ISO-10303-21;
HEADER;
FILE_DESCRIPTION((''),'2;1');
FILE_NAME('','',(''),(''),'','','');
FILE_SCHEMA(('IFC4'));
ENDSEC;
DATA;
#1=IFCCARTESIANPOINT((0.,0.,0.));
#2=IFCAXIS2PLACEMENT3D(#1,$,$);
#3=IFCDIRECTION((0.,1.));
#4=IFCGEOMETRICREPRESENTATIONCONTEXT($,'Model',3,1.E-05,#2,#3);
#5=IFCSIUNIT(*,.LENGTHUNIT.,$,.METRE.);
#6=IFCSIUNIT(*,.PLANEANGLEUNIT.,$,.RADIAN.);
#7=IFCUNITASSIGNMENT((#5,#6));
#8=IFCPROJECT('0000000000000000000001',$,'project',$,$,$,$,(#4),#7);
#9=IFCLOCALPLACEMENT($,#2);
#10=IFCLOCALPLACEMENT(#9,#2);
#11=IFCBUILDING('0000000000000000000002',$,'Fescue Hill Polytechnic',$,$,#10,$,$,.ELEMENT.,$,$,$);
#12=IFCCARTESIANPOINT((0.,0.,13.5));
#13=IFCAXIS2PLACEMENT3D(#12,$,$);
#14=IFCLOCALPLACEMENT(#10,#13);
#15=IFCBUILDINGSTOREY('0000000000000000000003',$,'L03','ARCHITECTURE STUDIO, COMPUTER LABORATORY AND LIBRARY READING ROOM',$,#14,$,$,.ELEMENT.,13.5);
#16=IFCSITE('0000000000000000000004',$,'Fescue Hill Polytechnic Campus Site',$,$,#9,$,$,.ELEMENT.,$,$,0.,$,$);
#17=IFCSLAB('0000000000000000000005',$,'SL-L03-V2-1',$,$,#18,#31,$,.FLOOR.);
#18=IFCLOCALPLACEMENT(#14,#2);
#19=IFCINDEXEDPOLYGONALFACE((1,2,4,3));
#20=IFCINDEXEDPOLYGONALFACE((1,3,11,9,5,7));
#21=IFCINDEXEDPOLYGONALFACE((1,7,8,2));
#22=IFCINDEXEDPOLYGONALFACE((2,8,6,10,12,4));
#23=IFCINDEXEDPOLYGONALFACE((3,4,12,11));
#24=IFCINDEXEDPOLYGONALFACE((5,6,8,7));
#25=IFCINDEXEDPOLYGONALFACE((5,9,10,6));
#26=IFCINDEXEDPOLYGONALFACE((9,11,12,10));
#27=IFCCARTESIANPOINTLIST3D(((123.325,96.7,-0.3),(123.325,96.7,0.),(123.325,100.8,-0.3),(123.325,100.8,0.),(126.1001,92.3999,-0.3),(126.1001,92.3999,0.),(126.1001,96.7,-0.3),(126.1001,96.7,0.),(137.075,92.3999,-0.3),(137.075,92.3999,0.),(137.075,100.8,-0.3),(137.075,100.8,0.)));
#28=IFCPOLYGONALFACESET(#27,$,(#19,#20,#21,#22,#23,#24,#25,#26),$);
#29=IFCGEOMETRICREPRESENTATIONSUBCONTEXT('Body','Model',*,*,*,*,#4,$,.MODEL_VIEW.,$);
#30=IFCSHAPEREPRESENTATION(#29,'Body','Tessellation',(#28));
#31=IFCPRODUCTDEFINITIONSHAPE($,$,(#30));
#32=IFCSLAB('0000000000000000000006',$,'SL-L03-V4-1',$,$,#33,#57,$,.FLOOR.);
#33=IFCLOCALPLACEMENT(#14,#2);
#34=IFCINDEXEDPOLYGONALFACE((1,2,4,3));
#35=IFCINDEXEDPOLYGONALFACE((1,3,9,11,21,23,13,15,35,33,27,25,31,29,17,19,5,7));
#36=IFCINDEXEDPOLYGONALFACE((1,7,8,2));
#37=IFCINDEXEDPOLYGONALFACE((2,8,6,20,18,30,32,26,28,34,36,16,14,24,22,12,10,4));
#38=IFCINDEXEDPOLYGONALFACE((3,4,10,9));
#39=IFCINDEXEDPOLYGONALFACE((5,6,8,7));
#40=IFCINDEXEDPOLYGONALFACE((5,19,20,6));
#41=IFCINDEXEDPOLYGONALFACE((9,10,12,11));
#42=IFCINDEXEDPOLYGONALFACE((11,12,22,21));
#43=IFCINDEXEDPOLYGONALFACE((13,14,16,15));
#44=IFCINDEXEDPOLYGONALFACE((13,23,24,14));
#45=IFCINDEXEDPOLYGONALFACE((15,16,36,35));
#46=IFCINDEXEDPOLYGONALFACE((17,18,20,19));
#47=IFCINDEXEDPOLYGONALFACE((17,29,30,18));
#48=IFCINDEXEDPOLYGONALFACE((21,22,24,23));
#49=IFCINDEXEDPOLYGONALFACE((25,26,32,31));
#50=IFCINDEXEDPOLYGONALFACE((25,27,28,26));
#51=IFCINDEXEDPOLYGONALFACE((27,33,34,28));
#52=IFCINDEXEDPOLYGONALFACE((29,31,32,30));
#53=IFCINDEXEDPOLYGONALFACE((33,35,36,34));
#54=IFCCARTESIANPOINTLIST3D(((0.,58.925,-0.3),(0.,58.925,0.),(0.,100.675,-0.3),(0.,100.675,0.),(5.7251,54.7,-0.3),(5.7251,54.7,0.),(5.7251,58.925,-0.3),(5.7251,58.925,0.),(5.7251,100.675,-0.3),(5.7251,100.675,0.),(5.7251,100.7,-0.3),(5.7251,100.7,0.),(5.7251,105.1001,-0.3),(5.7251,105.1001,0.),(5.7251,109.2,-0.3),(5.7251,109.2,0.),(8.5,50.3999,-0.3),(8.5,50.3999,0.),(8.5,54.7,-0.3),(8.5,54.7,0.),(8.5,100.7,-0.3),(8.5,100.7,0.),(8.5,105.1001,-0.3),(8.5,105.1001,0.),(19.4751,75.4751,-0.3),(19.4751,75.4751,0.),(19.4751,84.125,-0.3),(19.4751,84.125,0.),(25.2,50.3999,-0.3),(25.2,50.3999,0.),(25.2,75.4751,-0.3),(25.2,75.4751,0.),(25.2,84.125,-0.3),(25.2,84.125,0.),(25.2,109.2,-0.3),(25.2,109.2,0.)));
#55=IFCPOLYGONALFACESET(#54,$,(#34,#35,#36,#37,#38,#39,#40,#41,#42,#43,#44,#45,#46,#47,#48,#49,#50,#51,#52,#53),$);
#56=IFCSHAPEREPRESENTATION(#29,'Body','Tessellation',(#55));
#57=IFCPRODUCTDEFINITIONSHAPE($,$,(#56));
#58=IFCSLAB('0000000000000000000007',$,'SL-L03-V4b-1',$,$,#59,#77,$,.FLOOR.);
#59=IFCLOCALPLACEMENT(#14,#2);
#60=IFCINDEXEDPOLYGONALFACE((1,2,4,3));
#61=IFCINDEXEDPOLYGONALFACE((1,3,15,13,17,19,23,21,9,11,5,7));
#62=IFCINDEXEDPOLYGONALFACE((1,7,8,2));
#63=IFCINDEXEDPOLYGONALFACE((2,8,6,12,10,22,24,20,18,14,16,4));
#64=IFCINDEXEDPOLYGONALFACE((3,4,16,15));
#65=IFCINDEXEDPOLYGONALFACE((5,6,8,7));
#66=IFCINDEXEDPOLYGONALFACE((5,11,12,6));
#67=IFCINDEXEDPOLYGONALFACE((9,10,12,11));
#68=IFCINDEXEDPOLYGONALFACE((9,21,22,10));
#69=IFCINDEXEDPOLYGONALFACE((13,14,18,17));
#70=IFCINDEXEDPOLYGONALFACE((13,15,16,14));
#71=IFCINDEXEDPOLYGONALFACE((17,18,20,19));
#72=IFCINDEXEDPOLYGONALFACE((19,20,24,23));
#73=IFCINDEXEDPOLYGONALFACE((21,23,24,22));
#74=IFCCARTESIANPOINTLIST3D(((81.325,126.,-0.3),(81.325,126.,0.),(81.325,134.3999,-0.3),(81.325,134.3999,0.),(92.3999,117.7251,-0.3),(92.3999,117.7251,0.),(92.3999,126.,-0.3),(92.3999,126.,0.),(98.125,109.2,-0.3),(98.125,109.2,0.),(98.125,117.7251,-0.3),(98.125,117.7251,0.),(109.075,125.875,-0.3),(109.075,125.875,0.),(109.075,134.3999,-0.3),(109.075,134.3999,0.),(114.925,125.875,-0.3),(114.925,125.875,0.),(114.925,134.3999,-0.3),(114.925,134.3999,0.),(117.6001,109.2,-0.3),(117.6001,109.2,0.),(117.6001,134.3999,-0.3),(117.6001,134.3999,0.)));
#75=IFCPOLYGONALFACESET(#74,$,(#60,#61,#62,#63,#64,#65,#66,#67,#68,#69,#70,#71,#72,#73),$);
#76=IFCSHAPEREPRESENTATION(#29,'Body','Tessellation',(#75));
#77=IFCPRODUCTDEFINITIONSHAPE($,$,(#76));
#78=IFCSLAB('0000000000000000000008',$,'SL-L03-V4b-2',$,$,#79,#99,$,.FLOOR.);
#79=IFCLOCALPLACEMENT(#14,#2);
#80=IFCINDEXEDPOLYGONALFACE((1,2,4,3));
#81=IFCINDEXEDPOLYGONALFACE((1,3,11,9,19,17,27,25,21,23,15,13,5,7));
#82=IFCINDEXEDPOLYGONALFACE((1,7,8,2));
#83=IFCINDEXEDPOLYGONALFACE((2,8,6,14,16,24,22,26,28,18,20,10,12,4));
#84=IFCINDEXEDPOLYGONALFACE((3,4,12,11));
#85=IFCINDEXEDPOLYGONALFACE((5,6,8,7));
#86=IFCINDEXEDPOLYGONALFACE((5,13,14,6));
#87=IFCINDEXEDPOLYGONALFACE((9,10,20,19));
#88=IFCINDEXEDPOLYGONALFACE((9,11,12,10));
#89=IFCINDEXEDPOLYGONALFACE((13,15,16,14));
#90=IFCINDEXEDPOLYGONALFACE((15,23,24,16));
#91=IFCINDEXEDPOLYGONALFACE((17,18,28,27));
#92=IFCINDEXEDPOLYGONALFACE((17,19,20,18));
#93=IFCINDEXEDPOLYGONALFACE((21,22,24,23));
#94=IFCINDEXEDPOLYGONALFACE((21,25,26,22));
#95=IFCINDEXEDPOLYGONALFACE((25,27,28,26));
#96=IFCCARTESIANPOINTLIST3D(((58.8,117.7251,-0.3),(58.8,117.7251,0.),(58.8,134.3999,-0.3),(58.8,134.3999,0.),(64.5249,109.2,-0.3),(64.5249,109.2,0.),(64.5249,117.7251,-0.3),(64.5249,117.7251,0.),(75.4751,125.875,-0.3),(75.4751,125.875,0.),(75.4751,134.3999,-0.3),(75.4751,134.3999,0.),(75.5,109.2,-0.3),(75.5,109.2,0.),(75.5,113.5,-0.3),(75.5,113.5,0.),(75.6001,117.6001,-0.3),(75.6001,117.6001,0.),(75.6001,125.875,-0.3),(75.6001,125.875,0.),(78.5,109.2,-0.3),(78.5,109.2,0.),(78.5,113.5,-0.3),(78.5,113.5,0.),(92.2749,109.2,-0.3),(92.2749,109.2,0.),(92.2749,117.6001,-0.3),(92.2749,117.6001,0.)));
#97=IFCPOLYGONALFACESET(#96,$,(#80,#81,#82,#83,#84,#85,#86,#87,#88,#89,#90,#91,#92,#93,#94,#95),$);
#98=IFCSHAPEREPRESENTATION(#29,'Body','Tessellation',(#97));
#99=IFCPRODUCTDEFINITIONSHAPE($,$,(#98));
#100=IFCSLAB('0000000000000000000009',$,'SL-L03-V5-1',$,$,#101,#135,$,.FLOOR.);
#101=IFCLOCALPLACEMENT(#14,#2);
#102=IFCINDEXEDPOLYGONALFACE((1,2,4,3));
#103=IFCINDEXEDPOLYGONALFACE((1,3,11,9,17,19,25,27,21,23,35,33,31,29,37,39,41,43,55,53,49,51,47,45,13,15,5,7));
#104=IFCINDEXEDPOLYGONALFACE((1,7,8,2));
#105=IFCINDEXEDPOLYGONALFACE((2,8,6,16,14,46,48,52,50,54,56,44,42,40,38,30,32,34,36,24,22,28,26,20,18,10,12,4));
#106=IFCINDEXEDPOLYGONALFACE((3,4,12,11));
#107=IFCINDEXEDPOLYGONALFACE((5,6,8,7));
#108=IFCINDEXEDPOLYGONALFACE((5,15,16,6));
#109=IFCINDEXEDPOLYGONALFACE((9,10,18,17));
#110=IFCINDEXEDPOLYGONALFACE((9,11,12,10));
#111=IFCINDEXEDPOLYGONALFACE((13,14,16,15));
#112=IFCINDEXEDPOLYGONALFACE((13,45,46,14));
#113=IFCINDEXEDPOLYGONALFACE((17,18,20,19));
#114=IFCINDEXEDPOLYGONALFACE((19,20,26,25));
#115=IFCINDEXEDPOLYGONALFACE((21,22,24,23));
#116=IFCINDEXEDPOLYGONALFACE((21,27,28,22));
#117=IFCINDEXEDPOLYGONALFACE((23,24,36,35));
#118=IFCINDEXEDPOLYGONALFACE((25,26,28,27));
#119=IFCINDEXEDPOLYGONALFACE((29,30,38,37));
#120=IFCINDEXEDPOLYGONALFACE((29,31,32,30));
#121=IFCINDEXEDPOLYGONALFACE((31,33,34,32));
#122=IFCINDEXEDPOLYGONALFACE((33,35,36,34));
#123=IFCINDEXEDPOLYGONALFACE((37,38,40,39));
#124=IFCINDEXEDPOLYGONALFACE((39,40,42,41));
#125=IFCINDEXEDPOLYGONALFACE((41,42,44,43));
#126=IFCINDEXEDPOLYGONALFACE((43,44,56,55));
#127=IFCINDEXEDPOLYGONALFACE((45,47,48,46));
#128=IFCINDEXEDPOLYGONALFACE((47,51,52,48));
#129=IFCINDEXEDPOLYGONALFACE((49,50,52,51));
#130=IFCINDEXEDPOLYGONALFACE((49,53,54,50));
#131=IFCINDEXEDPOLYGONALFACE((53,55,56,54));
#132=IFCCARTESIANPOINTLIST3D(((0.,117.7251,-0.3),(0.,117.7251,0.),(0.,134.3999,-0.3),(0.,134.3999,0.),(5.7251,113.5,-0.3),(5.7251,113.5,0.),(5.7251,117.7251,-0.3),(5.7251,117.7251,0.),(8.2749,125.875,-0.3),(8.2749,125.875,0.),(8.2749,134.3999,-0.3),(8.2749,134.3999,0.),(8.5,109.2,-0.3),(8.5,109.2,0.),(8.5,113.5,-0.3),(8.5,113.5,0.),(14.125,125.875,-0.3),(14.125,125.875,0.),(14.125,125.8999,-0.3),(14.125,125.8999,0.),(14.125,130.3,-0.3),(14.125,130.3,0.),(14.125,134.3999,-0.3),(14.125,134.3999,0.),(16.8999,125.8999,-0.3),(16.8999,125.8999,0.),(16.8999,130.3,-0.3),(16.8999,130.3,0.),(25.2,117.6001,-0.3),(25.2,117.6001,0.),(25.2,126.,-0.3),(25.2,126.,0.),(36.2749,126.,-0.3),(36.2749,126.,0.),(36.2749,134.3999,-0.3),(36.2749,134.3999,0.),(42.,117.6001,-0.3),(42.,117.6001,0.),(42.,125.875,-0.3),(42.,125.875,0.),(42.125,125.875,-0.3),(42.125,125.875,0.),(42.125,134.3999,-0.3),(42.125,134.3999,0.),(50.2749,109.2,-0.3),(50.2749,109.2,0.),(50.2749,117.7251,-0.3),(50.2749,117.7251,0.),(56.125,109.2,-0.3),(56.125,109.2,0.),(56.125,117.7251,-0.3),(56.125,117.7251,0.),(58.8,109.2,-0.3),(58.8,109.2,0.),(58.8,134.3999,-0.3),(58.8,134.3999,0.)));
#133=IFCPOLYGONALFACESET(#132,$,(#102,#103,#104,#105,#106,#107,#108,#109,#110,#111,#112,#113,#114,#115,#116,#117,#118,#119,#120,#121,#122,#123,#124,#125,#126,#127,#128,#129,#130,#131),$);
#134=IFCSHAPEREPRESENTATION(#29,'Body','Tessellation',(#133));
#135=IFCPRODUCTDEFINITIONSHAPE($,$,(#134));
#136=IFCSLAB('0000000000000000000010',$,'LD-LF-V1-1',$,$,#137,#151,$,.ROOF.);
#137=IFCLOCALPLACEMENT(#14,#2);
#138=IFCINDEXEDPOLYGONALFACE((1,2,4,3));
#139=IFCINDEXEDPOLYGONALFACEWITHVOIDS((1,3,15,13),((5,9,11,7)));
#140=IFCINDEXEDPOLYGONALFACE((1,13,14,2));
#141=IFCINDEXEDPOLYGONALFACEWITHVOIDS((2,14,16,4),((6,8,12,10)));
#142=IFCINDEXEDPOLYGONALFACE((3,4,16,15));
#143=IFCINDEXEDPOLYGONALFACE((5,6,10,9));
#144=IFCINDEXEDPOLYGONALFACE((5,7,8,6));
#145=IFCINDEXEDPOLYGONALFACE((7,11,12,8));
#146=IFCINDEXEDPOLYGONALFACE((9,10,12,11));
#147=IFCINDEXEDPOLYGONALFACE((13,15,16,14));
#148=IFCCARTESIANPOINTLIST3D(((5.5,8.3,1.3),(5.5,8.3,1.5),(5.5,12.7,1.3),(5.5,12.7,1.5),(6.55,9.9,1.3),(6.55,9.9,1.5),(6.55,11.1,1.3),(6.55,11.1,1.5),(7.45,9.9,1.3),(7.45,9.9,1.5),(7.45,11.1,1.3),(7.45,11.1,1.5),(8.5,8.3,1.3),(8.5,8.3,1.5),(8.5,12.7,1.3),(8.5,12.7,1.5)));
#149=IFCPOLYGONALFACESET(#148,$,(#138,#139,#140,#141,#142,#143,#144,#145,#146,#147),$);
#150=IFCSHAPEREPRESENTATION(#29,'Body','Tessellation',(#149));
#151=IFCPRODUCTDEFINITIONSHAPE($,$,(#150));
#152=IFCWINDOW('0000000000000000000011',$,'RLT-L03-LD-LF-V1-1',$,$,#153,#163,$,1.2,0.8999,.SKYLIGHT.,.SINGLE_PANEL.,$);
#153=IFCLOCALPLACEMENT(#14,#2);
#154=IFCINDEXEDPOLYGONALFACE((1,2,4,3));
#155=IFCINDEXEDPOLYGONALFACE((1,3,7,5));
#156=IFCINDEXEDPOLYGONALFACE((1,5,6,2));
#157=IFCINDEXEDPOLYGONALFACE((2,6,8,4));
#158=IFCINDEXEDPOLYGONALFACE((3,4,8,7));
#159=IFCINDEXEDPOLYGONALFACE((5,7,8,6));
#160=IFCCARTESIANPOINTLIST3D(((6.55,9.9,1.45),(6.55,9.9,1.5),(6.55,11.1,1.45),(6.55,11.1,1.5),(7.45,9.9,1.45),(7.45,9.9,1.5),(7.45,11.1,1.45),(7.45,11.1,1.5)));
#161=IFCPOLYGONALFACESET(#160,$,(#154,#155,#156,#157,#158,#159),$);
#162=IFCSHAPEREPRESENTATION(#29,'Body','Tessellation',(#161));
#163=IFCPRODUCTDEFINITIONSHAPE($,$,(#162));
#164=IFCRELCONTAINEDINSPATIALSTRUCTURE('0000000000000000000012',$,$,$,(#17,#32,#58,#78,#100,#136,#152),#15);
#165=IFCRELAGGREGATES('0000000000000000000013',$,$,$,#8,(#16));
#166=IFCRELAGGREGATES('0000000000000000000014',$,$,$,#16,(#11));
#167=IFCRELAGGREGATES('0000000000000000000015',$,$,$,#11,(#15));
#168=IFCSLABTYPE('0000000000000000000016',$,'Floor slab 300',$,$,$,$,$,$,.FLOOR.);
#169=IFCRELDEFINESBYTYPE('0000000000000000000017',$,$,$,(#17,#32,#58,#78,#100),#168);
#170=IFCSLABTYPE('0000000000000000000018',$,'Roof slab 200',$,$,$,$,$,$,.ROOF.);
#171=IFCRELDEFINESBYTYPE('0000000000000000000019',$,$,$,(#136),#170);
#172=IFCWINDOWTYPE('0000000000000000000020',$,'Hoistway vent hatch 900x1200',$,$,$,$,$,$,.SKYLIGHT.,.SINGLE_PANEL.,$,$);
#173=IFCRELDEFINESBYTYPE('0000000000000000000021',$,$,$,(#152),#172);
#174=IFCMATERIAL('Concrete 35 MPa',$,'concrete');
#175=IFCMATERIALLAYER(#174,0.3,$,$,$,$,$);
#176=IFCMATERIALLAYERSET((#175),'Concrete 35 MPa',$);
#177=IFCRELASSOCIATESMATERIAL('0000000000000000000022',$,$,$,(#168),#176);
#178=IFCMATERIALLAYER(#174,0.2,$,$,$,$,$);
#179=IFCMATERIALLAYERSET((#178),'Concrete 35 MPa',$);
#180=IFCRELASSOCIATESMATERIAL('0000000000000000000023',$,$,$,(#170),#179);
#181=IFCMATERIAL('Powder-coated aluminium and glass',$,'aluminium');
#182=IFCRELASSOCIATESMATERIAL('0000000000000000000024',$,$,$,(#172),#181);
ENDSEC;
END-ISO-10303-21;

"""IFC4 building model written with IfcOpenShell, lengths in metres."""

from ifc_helpers import new_model, si_unit, direction, frame, origin, origin_2d, place, context, subcontext, project, spatial, polyline, rectangle, outline, extrude, material, layer, layer_set, type_object, element, fill, save


model = new_model("IFC4")

# Units and contexts
model_context = context("Model", 3, precision=1e-05, world=origin(), true_north=direction((0.0, 1.0)))
body_context = subcontext(model_context, "Body", "Model", "MODEL_VIEW")
ifc_project = project(units=[si_unit("LENGTHUNIT", "METRE"), si_unit("PLANEANGLEUNIT", "RADIAN")], contexts=[model_context])

# Site, building, storey
site_placement = place(None, origin())
site = spatial("IfcSite", under=ifc_project, at=site_placement, Name="Fescue Hill Polytechnic Campus Site", CompositionType="ELEMENT", RefElevation=0.0)
building_placement = place(site_placement, origin())
building = spatial("IfcBuilding", under=site, at=building_placement, Name="Fescue Hill Polytechnic", CompositionType="ELEMENT")
storey_placement = place(building_placement, frame((0.0, 0.0, 13.5)))
storey = spatial("IfcBuildingStorey", under=building, at=storey_placement, Name="L03", Description="ARCHITECTURE STUDIO, COMPUTER LABORATORY AND LIBRARY READING ROOM", CompositionType="ELEMENT", Elevation=13.5)

# Slabs
ifc_material_1 = material(Name="Concrete 35 MPa", Category="concrete")
ifc_layer_1 = layer(ifc_material_1, 0.3)
ifc_layer_set_1 = layer_set([ifc_layer_1], Name="Concrete 35 MPa")
slab_type_1 = type_object("IfcSlabType", Name="Floor slab 300", PredefinedType="FLOOR", material=ifc_layer_set_1)
slab_1_placement = place(storey_placement, frame((0.0, 0.0, -0.3)))
element("IfcSlab", 1, at=slab_1_placement, inside=storey, type_object=slab_type_1, Name="SL-L03-V2-1", PredefinedType="FLOOR", context=body_context, shape_type="SweptSolid", body=[
    extrude(outline(polyline([(137.075, 100.8), (137.075, 92.3999), (126.1001, 92.3999), (126.1001, 96.7), (123.325, 96.7), (123.325, 100.8), (137.075, 100.8)])), origin(), (0.0, 0.0, 1.0), 0.3),
])
slab_2_placement = place(storey_placement, frame((0.0, 0.0, -0.3)))
element("IfcSlab", 2, at=slab_2_placement, inside=storey, type_object=slab_type_1, Name="SL-L03-V4-1", PredefinedType="FLOOR", context=body_context, shape_type="SweptSolid", body=[
    extrude(outline(polyline([(25.2, 50.3999), (8.5, 50.3999), (8.5, 54.7), (5.7251, 54.7), (5.7251, 58.925), (0.0, 58.925), (0.0, 100.675), (5.7251, 100.675), (5.7251, 100.7), (8.5, 100.7), (8.5, 105.1001), (5.7251, 105.1001), (5.7251, 109.2), (25.2, 109.2), (25.2, 84.125), (19.4751, 84.125), (19.4751, 75.4751), (25.2, 75.4751), (25.2, 50.3999)])), origin(), (0.0, 0.0, 1.0), 0.3),
])
slab_3_placement = place(storey_placement, frame((0.0, 0.0, -0.3)))
element("IfcSlab", 3, at=slab_3_placement, inside=storey, type_object=slab_type_1, Name="SL-L03-V4b-1", PredefinedType="FLOOR", context=body_context, shape_type="SweptSolid", body=[
    extrude(outline(polyline([(109.075, 134.3999), (109.075, 125.875), (114.925, 125.875), (114.925, 134.3999), (117.6001, 134.3999), (117.6001, 109.2), (98.125, 109.2), (98.125, 117.7251), (92.3999, 117.7251), (92.3999, 126.0), (81.325, 126.0), (81.325, 134.3999), (109.075, 134.3999)])), origin(), (0.0, 0.0, 1.0), 0.3),
])
slab_4_placement = place(storey_placement, frame((0.0, 0.0, -0.3)))
element("IfcSlab", 4, at=slab_4_placement, inside=storey, type_object=slab_type_1, Name="SL-L03-V4b-2", PredefinedType="FLOOR", context=body_context, shape_type="SweptSolid", body=[
    extrude(outline(polyline([(58.8, 134.3999), (75.4751, 134.3999), (75.4751, 125.875), (75.6001, 125.875), (75.6001, 117.6001), (92.2749, 117.6001), (92.2749, 109.2), (78.5, 109.2), (78.5, 113.5), (75.5, 113.5), (75.5, 109.2), (64.5249, 109.2), (64.5249, 117.7251), (58.8, 117.7251), (58.8, 134.3999)])), origin(), (0.0, 0.0, 1.0), 0.3),
])
slab_5_placement = place(storey_placement, frame((0.0, 0.0, -0.3)))
element("IfcSlab", 5, at=slab_5_placement, inside=storey, type_object=slab_type_1, Name="SL-L03-V5-1", PredefinedType="FLOOR", context=body_context, shape_type="SweptSolid", body=[
    extrude(outline(polyline([(0.0, 134.3999), (8.2749, 134.3999), (8.2749, 125.875), (14.125, 125.875), (14.125, 125.8999), (16.8999, 125.8999), (16.8999, 130.3), (14.125, 130.3), (14.125, 134.3999), (36.2749, 134.3999), (36.2749, 126.0), (25.2, 126.0), (25.2, 117.6001), (42.0, 117.6001), (42.0, 125.875), (42.125, 125.875), (42.125, 134.3999), (58.8, 134.3999), (58.8, 109.2), (56.125, 109.2), (56.125, 117.7251), (50.2749, 117.7251), (50.2749, 109.2), (8.5, 109.2), (8.5, 113.5), (5.7251, 113.5), (5.7251, 117.7251), (0.0, 117.7251), (0.0, 134.3999)])), origin(), (0.0, 0.0, 1.0), 0.3),
])

# Slab, opening, window
ifc_layer_2 = layer(ifc_material_1, 0.2)
ifc_layer_set_2 = layer_set([ifc_layer_2], Name="Concrete 35 MPa")
slab_type_2 = type_object("IfcSlabType", Name="Roof slab 200", PredefinedType="ROOF", material=ifc_layer_set_2)
slab_6_placement = place(storey_placement, frame((0.0, 0.0, 1.3)))
slab_6 = element("IfcSlab", 6, at=slab_6_placement, inside=storey, type_object=slab_type_2, Name="LD-LF-V1-1", PredefinedType="ROOF", context=body_context, shape_type="SweptSolid", body=[
    extrude(outline(polyline([(8.5, 8.3), (5.5, 8.3), (5.5, 12.7), (8.5, 12.7), (8.5, 8.3)])), origin(), (0.0, 0.0, 1.0), 0.2),
])
opening_1_placement = place(slab_6_placement, frame((7.0, 10.5, 0.0)))
opening_1 = element("IfcOpeningElement", 7, at=opening_1_placement, cuts=slab_6, PredefinedType="OPENING", context=body_context, shape_type="SweptSolid", body=[
    extrude(rectangle(XDim=0.8999, YDim=1.2, at=origin_2d()), frame((0.0, 0.0, -0.01)), (0.0, 0.0, 1.0), 0.22),
])
ifc_material_2 = material(Name="Powder-coated aluminium and glass", Category="aluminium")
window_type = type_object("IfcWindowType", Name="Hoistway vent hatch 900x1200", PartitioningType="SINGLE_PANEL", PredefinedType="SKYLIGHT", material=ifc_material_2)
window_1_placement = place(opening_1_placement, frame((0.0, 0.0, 0.1499)))
window_1 = element("IfcWindow", 8, at=window_1_placement, inside=storey, type_object=window_type, Name="RLT-L03-LD-LF-V1-1", OverallHeight=1.2, OverallWidth=0.8999, PartitioningType="SINGLE_PANEL", PredefinedType="SKYLIGHT", context=body_context, shape_type="SweptSolid", body=[
    extrude(rectangle(XDim=0.8999, YDim=1.2, at=origin_2d()), origin(), (0.0, 0.0, 1.0), 0.05),
])
fill(opening_1, window_1)

save(model, "model.ifc")
